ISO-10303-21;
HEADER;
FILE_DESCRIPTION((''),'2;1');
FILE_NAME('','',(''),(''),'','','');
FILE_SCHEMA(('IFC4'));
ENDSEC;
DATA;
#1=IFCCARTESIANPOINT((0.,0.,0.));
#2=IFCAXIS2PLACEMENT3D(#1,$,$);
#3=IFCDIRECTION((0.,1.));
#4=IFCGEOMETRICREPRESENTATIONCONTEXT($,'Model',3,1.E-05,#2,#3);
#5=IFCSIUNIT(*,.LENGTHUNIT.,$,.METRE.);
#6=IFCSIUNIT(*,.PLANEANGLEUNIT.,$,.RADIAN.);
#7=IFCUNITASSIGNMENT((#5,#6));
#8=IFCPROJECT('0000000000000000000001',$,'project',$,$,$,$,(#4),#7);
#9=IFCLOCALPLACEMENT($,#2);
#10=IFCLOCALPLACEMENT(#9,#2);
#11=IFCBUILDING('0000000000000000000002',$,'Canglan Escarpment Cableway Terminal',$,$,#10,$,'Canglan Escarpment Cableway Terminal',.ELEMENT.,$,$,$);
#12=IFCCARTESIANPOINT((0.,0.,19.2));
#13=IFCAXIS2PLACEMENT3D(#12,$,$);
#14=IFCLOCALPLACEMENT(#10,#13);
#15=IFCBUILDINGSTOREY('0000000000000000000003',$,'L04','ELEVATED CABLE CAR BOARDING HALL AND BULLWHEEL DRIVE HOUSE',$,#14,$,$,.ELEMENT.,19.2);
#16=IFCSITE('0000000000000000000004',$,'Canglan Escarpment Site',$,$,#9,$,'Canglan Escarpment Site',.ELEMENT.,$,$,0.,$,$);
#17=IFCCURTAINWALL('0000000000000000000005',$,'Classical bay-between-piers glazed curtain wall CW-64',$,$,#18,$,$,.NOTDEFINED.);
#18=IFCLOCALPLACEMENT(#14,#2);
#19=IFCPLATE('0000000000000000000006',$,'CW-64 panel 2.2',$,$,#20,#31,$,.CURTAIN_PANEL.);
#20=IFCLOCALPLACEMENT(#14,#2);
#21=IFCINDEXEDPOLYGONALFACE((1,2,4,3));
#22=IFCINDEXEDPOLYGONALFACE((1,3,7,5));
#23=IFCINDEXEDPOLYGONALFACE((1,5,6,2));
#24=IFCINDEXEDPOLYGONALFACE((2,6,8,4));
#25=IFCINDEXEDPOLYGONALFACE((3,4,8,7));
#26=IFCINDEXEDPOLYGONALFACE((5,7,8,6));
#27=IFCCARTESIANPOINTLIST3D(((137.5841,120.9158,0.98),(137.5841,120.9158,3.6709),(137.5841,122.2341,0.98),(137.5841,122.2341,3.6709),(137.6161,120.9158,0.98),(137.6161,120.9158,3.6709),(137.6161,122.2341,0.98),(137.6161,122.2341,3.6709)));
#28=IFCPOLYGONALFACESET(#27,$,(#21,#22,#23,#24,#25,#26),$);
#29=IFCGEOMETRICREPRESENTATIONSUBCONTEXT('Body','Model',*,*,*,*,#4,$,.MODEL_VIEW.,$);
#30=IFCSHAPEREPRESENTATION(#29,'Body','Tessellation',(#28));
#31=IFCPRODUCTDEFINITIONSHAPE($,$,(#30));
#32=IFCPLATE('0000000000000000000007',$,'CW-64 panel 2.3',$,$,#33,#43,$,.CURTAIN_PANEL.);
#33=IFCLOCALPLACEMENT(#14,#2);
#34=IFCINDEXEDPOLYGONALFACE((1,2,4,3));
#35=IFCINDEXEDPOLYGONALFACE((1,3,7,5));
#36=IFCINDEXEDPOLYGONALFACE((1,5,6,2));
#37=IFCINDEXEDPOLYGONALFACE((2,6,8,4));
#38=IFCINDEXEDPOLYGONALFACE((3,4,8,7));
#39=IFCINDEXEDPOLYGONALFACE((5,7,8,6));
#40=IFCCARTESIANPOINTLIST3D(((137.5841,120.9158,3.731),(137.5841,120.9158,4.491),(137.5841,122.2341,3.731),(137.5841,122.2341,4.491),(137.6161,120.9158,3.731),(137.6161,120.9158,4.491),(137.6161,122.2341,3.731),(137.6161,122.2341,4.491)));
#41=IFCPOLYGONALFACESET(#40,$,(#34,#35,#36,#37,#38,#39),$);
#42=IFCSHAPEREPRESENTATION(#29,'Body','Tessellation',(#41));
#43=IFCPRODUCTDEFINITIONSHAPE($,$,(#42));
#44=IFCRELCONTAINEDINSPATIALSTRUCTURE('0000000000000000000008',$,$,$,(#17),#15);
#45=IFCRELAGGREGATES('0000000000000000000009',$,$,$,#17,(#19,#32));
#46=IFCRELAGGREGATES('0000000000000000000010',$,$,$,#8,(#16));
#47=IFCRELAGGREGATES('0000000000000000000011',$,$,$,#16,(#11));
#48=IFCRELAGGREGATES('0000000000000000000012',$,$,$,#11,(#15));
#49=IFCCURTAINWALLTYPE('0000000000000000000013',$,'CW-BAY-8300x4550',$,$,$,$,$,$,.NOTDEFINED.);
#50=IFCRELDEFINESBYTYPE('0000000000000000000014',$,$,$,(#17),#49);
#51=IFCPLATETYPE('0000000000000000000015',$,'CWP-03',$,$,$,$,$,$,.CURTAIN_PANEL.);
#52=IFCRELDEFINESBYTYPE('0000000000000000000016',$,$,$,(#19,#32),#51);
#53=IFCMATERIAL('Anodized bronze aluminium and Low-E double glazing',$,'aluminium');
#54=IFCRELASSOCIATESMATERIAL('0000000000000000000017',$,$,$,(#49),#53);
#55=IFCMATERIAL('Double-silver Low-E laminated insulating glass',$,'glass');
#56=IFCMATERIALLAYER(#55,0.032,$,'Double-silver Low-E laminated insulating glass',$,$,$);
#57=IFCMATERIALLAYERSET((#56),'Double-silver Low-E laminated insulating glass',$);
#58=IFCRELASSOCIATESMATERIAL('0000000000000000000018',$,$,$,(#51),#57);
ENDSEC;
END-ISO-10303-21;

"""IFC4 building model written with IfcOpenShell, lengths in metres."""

from ifc_helpers import new_model, si_unit, direction, frame, origin, origin_2d, place, context, subcontext, project, spatial, rectangle, extrude, material, layer, layer_set, type_object, element, aggregate, save


model = new_model("IFC4")

# Units and contexts
model_context = context("Model", 3, precision=1e-05, world=origin(), true_north=direction((0.0, 1.0)))
body_context = subcontext(model_context, "Body", "Model", "MODEL_VIEW")
ifc_project = project(units=[si_unit("LENGTHUNIT", "METRE"), si_unit("PLANEANGLEUNIT", "RADIAN")], contexts=[model_context])

# Site, building, storey
site_placement = place(None, origin())
site = spatial("IfcSite", under=ifc_project, at=site_placement, Name="Canglan Escarpment Site", LongName="Canglan Escarpment Site", CompositionType="ELEMENT", RefElevation=0.0)
building_placement = place(site_placement, origin())
building = spatial("IfcBuilding", under=site, at=building_placement, Name="Canglan Escarpment Cableway Terminal", LongName="Canglan Escarpment Cableway Terminal", CompositionType="ELEMENT")
storey_placement = place(building_placement, frame((0.0, 0.0, 19.2)))
storey = spatial("IfcBuildingStorey", under=building, at=storey_placement, Name="L04", Description="ELEVATED CABLE CAR BOARDING HALL AND BULLWHEEL DRIVE HOUSE", CompositionType="ELEMENT", Elevation=19.2)

# Curtain wall
ifc_material_1 = material(Name="Anodized bronze aluminium and Low-E double glazing", Category="aluminium")
curtain_wall_type_1 = type_object("IfcCurtainWallType", Name="CW-BAY-8300x4550", PredefinedType="NOTDEFINED", material=ifc_material_1)
curtain_wall_1_placement = place(storey_placement, origin())
curtain_wall_1 = element("IfcCurtainWall", 1, at=curtain_wall_1_placement, inside=storey, type_object=curtain_wall_type_1, Name="Classical bay-between-piers glazed curtain wall CW-64", PredefinedType="NOTDEFINED")

# Plates
ifc_material_2 = material(Name="Double-silver Low-E laminated insulating glass", Category="glass")
ifc_layer_1 = layer(ifc_material_2, 0.032, Name="Double-silver Low-E laminated insulating glass")
ifc_layer_set_1 = layer_set([ifc_layer_1], Name="Double-silver Low-E laminated insulating glass")
plate_type_1 = type_object("IfcPlateType", Name="CWP-03", PredefinedType="CURTAIN_PANEL", material=ifc_layer_set_1)
plate_1_placement = place(storey_placement, frame((137.6001, 121.575, 0.98), z_axis=(0.0, 0.0, 1.0), x_axis=(0.0, -1.0, 0.0)))
plate_1 = element("IfcPlate", 2, at=plate_1_placement, type_object=plate_type_1, Name="CW-64 panel 2.2", PredefinedType="CURTAIN_PANEL", context=body_context, shape_type="SweptSolid", body=[
    extrude(rectangle(XDim=1.3184, YDim=0.032, at=origin_2d()), origin(), (0.0, 0.0, 1.0), 2.6909),
])
plate_2_placement = place(storey_placement, frame((137.6001, 121.575, 3.731), z_axis=(0.0, 0.0, 1.0), x_axis=(0.0, -1.0, 0.0)))
plate_2 = element("IfcPlate", 3, at=plate_2_placement, type_object=plate_type_1, Name="CW-64 panel 2.3", PredefinedType="CURTAIN_PANEL", context=body_context, shape_type="SweptSolid", body=[
    extrude(rectangle(XDim=1.3184, YDim=0.032, at=origin_2d()), origin(), (0.0, 0.0, 1.0), 0.76),
])
aggregate(curtain_wall_1, [plate_1, plate_2])

save(model, "model.ifc")
